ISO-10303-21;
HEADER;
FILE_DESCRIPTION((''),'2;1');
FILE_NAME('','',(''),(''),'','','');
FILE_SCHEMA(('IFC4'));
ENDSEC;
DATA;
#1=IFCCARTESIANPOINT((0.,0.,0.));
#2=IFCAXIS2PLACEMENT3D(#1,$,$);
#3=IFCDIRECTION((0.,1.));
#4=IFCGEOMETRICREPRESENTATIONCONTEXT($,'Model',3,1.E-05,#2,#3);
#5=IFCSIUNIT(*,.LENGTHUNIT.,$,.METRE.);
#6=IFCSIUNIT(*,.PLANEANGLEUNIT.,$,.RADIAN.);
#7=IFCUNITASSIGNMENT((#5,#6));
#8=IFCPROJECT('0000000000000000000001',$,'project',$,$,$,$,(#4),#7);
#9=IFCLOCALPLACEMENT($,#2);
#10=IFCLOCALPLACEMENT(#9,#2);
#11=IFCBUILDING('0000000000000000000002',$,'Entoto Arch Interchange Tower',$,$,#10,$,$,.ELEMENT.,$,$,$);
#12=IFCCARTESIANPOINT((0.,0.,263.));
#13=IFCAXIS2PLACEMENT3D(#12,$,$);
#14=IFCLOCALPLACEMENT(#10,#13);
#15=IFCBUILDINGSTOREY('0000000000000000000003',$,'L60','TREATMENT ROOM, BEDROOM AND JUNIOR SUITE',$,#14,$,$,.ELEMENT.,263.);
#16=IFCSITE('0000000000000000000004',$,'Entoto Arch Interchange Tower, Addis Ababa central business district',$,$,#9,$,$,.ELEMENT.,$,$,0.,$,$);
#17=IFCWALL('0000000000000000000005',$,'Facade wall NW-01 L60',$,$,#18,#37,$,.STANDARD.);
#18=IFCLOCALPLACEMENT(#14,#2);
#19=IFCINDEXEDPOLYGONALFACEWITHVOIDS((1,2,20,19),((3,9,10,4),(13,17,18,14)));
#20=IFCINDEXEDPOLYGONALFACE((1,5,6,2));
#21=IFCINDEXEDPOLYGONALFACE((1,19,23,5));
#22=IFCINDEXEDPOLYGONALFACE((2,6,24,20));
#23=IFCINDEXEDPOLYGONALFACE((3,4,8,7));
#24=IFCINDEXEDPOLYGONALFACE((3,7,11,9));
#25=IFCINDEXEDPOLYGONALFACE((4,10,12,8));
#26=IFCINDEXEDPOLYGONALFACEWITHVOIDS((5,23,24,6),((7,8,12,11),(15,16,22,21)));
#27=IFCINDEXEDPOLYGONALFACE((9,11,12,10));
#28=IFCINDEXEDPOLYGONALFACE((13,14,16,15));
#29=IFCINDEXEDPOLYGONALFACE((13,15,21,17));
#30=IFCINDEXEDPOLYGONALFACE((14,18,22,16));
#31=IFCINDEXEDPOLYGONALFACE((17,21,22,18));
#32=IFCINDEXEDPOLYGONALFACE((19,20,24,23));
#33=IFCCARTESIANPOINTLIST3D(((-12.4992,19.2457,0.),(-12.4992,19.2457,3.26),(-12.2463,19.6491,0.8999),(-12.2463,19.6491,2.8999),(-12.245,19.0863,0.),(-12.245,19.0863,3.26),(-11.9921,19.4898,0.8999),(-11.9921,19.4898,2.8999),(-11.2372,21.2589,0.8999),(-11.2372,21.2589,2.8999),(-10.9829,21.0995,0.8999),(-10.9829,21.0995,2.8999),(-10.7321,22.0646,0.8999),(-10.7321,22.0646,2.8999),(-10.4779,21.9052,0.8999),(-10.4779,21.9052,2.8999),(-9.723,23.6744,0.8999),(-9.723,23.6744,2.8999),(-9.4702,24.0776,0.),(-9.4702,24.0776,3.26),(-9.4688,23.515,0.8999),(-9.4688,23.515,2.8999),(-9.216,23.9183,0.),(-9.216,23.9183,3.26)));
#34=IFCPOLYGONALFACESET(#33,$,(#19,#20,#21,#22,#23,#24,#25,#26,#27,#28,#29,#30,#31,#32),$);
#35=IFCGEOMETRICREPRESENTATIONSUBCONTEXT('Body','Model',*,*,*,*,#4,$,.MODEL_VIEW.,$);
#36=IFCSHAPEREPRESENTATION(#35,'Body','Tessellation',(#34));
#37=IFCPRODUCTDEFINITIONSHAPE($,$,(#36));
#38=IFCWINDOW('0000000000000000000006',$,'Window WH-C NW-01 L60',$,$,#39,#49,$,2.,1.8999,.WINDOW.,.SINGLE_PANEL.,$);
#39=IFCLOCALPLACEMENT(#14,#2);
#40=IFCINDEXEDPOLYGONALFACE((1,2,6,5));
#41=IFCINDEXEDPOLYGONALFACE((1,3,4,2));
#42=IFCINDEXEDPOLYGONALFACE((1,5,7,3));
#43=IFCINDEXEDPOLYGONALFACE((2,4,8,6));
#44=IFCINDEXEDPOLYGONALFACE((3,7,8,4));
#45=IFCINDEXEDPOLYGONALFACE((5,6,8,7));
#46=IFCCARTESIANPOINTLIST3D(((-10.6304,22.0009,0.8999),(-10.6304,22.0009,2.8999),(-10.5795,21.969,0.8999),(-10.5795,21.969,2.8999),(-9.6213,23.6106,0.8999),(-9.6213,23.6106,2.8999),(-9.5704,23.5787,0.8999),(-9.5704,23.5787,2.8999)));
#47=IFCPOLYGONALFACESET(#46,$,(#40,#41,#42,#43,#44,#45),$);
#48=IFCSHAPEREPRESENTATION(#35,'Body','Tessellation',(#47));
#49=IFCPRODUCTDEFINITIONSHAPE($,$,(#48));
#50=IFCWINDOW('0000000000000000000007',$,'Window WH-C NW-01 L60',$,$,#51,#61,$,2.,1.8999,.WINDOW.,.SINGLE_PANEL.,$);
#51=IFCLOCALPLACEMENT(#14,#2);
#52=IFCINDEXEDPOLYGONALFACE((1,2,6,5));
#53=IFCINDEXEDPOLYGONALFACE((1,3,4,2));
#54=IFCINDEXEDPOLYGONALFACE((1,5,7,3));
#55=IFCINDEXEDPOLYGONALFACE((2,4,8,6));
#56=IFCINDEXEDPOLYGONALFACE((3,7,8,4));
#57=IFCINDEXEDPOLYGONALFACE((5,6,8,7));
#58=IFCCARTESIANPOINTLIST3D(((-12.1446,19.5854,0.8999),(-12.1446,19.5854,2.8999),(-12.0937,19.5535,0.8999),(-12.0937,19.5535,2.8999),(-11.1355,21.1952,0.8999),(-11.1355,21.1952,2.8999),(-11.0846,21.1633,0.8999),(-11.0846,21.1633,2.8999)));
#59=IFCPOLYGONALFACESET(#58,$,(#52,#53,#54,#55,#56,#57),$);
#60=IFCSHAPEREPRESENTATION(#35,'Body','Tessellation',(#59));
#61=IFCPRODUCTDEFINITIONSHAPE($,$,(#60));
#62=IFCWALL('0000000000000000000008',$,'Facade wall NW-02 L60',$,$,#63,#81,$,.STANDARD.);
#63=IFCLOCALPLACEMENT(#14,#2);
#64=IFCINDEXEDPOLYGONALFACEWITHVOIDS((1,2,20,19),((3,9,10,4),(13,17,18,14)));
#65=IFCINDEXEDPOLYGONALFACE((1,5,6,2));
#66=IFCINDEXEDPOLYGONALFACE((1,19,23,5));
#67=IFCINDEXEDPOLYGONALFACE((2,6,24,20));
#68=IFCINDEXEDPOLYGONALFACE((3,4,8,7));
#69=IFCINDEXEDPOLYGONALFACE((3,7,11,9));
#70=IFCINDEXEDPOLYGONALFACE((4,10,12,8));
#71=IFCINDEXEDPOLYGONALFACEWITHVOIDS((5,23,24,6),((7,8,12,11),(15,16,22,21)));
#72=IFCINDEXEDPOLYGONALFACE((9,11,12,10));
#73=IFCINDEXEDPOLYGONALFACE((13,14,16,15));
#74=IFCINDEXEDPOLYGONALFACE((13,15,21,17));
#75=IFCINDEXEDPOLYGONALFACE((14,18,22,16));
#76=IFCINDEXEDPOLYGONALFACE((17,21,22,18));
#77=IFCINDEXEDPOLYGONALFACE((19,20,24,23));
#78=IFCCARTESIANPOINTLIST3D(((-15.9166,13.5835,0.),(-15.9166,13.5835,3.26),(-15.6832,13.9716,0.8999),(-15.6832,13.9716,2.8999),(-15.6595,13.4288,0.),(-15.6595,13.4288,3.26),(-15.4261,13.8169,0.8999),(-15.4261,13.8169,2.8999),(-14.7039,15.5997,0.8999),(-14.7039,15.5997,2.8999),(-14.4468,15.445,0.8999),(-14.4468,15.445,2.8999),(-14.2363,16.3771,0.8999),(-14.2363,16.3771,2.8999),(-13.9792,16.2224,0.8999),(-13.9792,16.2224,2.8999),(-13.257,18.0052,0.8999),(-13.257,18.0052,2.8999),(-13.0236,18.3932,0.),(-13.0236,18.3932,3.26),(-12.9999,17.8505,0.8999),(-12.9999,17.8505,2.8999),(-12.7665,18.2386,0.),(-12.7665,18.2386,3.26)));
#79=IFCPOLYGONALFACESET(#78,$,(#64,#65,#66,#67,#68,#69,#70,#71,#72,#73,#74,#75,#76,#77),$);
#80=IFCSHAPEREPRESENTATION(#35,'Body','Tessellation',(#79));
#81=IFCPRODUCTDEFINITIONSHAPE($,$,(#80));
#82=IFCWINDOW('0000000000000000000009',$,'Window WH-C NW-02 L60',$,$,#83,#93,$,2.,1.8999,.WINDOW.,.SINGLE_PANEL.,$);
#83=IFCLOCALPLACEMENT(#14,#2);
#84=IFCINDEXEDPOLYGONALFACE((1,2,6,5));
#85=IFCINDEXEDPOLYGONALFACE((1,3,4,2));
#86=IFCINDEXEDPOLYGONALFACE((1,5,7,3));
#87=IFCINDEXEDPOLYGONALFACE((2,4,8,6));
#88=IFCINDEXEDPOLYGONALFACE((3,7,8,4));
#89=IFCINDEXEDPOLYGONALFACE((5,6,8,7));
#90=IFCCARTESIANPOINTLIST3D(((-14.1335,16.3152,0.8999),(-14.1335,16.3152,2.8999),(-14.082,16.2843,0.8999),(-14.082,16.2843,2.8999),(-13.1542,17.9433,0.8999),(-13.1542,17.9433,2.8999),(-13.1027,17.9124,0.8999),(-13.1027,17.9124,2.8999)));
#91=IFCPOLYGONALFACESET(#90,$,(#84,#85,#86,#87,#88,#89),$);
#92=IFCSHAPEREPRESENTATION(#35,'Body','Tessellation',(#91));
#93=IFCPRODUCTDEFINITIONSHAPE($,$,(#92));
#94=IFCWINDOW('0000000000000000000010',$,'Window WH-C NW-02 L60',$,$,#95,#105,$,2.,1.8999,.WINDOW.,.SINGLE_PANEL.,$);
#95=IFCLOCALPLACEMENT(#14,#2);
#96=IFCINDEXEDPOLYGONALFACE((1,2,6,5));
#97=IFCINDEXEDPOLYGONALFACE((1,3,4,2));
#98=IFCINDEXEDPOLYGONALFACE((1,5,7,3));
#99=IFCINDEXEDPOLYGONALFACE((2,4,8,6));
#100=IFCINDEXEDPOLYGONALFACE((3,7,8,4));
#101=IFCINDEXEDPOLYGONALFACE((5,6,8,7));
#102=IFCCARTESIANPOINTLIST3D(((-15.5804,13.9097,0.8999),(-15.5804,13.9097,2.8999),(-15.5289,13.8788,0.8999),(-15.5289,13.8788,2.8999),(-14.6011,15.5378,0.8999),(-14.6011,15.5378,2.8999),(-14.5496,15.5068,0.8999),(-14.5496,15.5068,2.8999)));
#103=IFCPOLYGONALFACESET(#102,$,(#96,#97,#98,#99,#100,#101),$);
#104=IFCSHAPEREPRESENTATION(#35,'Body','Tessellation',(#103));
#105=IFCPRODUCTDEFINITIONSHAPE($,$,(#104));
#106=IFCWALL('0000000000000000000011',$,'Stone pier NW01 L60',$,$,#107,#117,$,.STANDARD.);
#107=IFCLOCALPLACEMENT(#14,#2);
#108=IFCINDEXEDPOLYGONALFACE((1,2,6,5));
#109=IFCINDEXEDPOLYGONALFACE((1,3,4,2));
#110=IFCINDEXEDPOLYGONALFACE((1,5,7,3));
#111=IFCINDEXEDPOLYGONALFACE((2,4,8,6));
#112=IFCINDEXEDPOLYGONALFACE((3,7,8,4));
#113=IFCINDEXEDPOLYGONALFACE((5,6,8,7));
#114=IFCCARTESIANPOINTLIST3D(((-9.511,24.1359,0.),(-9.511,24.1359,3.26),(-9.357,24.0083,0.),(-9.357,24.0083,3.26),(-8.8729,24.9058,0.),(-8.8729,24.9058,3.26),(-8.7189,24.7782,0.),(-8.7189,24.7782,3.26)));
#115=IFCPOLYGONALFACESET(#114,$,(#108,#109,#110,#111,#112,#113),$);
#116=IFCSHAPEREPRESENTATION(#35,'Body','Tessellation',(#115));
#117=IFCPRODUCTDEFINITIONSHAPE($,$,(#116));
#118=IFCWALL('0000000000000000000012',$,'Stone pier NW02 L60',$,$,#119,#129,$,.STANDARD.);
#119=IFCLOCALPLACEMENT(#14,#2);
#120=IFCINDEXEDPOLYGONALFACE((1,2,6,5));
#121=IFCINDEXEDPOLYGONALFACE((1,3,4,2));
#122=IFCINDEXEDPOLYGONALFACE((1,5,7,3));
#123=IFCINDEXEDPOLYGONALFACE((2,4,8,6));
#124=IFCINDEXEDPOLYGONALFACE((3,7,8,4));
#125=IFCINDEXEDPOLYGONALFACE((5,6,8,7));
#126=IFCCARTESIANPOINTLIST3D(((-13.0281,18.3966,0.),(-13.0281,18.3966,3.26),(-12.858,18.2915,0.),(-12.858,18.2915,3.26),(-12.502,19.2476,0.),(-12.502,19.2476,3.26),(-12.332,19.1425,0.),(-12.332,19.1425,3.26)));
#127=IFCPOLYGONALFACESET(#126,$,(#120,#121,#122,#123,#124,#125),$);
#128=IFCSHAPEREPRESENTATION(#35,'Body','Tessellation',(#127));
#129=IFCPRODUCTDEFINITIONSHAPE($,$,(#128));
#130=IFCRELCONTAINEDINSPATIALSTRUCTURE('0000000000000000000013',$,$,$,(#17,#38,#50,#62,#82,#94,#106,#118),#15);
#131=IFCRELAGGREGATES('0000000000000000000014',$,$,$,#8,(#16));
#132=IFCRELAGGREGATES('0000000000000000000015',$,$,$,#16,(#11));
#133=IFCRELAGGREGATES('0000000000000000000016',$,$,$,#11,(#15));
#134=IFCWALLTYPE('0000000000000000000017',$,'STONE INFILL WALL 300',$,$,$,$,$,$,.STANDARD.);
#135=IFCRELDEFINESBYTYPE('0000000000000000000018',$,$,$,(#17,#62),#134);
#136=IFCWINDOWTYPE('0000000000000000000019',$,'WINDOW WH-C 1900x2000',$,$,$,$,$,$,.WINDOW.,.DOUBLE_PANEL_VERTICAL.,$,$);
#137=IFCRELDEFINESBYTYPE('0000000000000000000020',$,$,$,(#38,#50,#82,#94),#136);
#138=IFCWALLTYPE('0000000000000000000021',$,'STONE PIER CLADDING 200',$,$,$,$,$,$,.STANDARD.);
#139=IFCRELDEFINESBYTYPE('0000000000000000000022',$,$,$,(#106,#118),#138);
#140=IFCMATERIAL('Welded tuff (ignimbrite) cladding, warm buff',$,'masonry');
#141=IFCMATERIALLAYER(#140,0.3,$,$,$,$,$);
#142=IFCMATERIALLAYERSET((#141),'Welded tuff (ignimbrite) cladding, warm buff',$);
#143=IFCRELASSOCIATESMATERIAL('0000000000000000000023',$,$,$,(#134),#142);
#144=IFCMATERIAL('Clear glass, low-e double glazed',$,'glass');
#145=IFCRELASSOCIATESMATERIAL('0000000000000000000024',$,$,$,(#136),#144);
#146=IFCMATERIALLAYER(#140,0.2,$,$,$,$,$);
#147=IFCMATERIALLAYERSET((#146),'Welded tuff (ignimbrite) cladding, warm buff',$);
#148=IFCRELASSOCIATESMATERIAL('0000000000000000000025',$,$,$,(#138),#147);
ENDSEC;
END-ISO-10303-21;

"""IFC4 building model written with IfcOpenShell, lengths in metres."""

from ifc_helpers import new_model, si_unit, direction, frame, frame_2d, origin, place, context, subcontext, project, spatial, rectangle, extrude, material, layer, layer_set, type_object, element, fill, save


model = new_model("IFC4")

# Units and contexts
model_context = context("Model", 3, precision=1e-05, world=origin(), true_north=direction((0.0, 1.0)))
body_context = subcontext(model_context, "Body", "Model", "MODEL_VIEW")
ifc_project = project(units=[si_unit("LENGTHUNIT", "METRE"), si_unit("PLANEANGLEUNIT", "RADIAN")], contexts=[model_context])

# Site, building, storey
site_placement = place(None, origin())
site = spatial("IfcSite", under=ifc_project, at=site_placement, Name="Entoto Arch Interchange Tower, Addis Ababa central business district", CompositionType="ELEMENT", RefElevation=0.0)
building_placement = place(site_placement, origin())
building = spatial("IfcBuilding", under=site, at=building_placement, Name="Entoto Arch Interchange Tower", CompositionType="ELEMENT")
storey_placement = place(building_placement, frame((0.0, 0.0, 263.0)))
storey = spatial("IfcBuildingStorey", under=building, at=storey_placement, Name="L60", Description="TREATMENT ROOM, BEDROOM AND JUNIOR SUITE", CompositionType="ELEMENT", Elevation=263.0)

# Shared definitions
ifc_material_1 = material(Name="Welded tuff (ignimbrite) cladding, warm buff", Category="masonry")
ifc_layer_1 = layer(ifc_material_1, 0.3)
ifc_layer_set_1 = layer_set([ifc_layer_1], Name="Welded tuff (ignimbrite) cladding, warm buff")
wall_type_1 = type_object("IfcWallType", Name="STONE INFILL WALL 300", PredefinedType="STANDARD", material=ifc_layer_set_1)
ifc_material_2 = material(Name="Clear glass, low-e double glazed", Category="glass")

# Walls, openings, windows
wall_1_placement = place(storey_placement, frame((-9.343, 23.998, 0.0), z_axis=(0.0, 0.0, 1.0), x_axis=(-0.531137, -0.847286, 0.0)))
wall_1 = element("IfcWall", 1, at=wall_1_placement, inside=storey, type_object=wall_type_1, Name="Facade wall NW-01 L60", PredefinedType="STANDARD", context=body_context, shape_type="SweptSolid", body=[
    extrude(rectangle(XDim=5.7029, YDim=0.3, at=frame_2d((2.8516, 0.0))), origin(), (0.0, 0.0, 1.0), 3.26),
])
opening_1_placement = place(wall_1_placement, frame((0.4761, 0.0, 0.8999)))
opening_1 = element("IfcOpeningElement", 2, at=opening_1_placement, cuts=wall_1, PredefinedType="OPENING", context=body_context, shape_type="SweptSolid", body=[
    extrude(rectangle(XDim=1.8999, YDim=2.0, at=frame_2d((0.95, 1.0))), frame((0.0, 0.1602, 0.0), z_axis=(0.0, -1.0, 0.0), x_axis=(1.0, 0.0, 0.0)), (0.0, 0.0, 1.0), 0.3201),
])
opening_2_placement = place(wall_1_placement, frame((3.3269, 0.0, 0.8999)))
opening_2 = element("IfcOpeningElement", 3, at=opening_2_placement, cuts=wall_1, PredefinedType="OPENING", context=body_context, shape_type="SweptSolid", body=[
    extrude(rectangle(XDim=1.8999, YDim=2.0, at=frame_2d((0.95, 1.0))), frame((0.0, 0.1602, 0.0), z_axis=(0.0, -1.0, 0.0), x_axis=(1.0, 0.0, 0.0)), (0.0, 0.0, 1.0), 0.3201),
])
window_type_1 = type_object("IfcWindowType", Name="WINDOW WH-C 1900x2000", PartitioningType="DOUBLE_PANEL_VERTICAL", PredefinedType="WINDOW", material=ifc_material_2)
window_1_placement = place(opening_1_placement, origin())
window_1 = element("IfcWindow", 4, at=window_1_placement, inside=storey, type_object=window_type_1, Name="Window WH-C NW-01 L60", OverallHeight=2.0, OverallWidth=1.8999, PartitioningType="SINGLE_PANEL", PredefinedType="WINDOW", context=body_context, shape_type="SweptSolid", body=[
    extrude(rectangle(XDim=1.8999, YDim=2.0, at=frame_2d((0.95, 1.0))), frame((0.0, 0.03, 0.0), z_axis=(0.0, -1.0, 0.0), x_axis=(1.0, 0.0, 0.0)), (0.0, 0.0, 1.0), 0.0601),
])
fill(opening_1, window_1)
window_2_placement = place(opening_2_placement, origin())
window_2 = element("IfcWindow", 5, at=window_2_placement, inside=storey, type_object=window_type_1, Name="Window WH-C NW-01 L60", OverallHeight=2.0, OverallWidth=1.8999, PartitioningType="SINGLE_PANEL", PredefinedType="WINDOW", context=body_context, shape_type="SweptSolid", body=[
    extrude(rectangle(XDim=1.8999, YDim=2.0, at=frame_2d((0.95, 1.0))), frame((0.0, 0.03, 0.0), z_axis=(0.0, -1.0, 0.0), x_axis=(1.0, 0.0, 0.0)), (0.0, 0.0, 1.0), 0.0601),
])
fill(opening_2, window_2)
wall_2_placement = place(storey_placement, frame((-12.895, 18.3159, 0.0), z_axis=(0.0, 0.0, 1.0), x_axis=(-0.515436, -0.856928, 0.0)))
wall_2 = element("IfcWall", 6, at=wall_2_placement, inside=storey, type_object=wall_type_1, Name="Facade wall NW-02 L60", PredefinedType="STANDARD", context=body_context, shape_type="SweptSolid", body=[
    extrude(rectangle(XDim=5.6128, YDim=0.3, at=frame_2d((2.8064, 0.0))), origin(), (0.0, 0.0, 1.0), 3.26),
])
opening_3_placement = place(wall_2_placement, frame((0.4529, 0.0, 0.8999)))
opening_3 = element("IfcOpeningElement", 7, at=opening_3_placement, cuts=wall_2, PredefinedType="OPENING", context=body_context, shape_type="SweptSolid", body=[
    extrude(rectangle(XDim=1.8999, YDim=2.0, at=frame_2d((0.95, 1.0))), frame((0.0, 0.1602, 0.0), z_axis=(0.0, -1.0, 0.0), x_axis=(1.0, 0.0, 0.0)), (0.0, 0.0, 1.0), 0.3201),
])
opening_4_placement = place(wall_2_placement, frame((3.26, 0.0, 0.8999)))
opening_4 = element("IfcOpeningElement", 8, at=opening_4_placement, cuts=wall_2, PredefinedType="OPENING", context=body_context, shape_type="SweptSolid", body=[
    extrude(rectangle(XDim=1.8999, YDim=2.0, at=frame_2d((0.95, 1.0))), frame((0.0, 0.1602, 0.0), z_axis=(0.0, -1.0, 0.0), x_axis=(1.0, 0.0, 0.0)), (0.0, 0.0, 1.0), 0.3201),
])
window_3_placement = place(opening_3_placement, origin())
window_3 = element("IfcWindow", 9, at=window_3_placement, inside=storey, type_object=window_type_1, Name="Window WH-C NW-02 L60", OverallHeight=2.0, OverallWidth=1.8999, PartitioningType="SINGLE_PANEL", PredefinedType="WINDOW", context=body_context, shape_type="SweptSolid", body=[
    extrude(rectangle(XDim=1.8999, YDim=2.0, at=frame_2d((0.95, 1.0))), frame((0.0, 0.03, 0.0), z_axis=(0.0, -1.0, 0.0), x_axis=(1.0, 0.0, 0.0)), (0.0, 0.0, 1.0), 0.0601),
])
fill(opening_3, window_3)
window_4_placement = place(opening_4_placement, origin())
window_4 = element("IfcWindow", 10, at=window_4_placement, inside=storey, type_object=window_type_1, Name="Window WH-C NW-02 L60", OverallHeight=2.0, OverallWidth=1.8999, PartitioningType="SINGLE_PANEL", PredefinedType="WINDOW", context=body_context, shape_type="SweptSolid", body=[
    extrude(rectangle(XDim=1.8999, YDim=2.0, at=frame_2d((0.95, 1.0))), frame((0.0, 0.03, 0.0), z_axis=(0.0, -1.0, 0.0), x_axis=(1.0, 0.0, 0.0)), (0.0, 0.0, 1.0), 0.0601),
])
fill(opening_4, window_4)

# Walls
ifc_layer_2 = layer(ifc_material_1, 0.2)
ifc_layer_set_2 = layer_set([ifc_layer_2], Name="Welded tuff (ignimbrite) cladding, warm buff")
wall_type_2 = type_object("IfcWallType", Name="STONE PIER CLADDING 200", PredefinedType="STANDARD", material=ifc_layer_set_2)
wall_3_placement = place(storey_placement, frame((-8.7959, 24.842, 0.0), z_axis=(0.0, 0.0, 1.0), x_axis=(-0.638117, -0.769939, 0.0)))
element("IfcWall", 11, at=wall_3_placement, inside=storey, type_object=wall_type_2, Name="Stone pier NW01 L60", PredefinedType="STANDARD", context=body_context, shape_type="SweptSolid", body=[
    extrude(rectangle(XDim=1.0, YDim=0.2, at=frame_2d((0.5, 0.0))), origin(), (0.0, 0.0, 1.0), 3.26),
])
wall_4_placement = place(storey_placement, frame((-12.417, 19.1951, 0.0), z_axis=(0.0, 0.0, 1.0), x_axis=(-0.525825, -0.850593, 0.0)))
element("IfcWall", 12, at=wall_4_placement, inside=storey, type_object=wall_type_2, Name="Stone pier NW02 L60", PredefinedType="STANDARD", context=body_context, shape_type="SweptSolid", body=[
    extrude(rectangle(XDim=1.0005, YDim=0.2, at=frame_2d((0.5002, 0.0))), origin(), (0.0, 0.0, 1.0), 3.26),
])

save(model, "model.ifc")
